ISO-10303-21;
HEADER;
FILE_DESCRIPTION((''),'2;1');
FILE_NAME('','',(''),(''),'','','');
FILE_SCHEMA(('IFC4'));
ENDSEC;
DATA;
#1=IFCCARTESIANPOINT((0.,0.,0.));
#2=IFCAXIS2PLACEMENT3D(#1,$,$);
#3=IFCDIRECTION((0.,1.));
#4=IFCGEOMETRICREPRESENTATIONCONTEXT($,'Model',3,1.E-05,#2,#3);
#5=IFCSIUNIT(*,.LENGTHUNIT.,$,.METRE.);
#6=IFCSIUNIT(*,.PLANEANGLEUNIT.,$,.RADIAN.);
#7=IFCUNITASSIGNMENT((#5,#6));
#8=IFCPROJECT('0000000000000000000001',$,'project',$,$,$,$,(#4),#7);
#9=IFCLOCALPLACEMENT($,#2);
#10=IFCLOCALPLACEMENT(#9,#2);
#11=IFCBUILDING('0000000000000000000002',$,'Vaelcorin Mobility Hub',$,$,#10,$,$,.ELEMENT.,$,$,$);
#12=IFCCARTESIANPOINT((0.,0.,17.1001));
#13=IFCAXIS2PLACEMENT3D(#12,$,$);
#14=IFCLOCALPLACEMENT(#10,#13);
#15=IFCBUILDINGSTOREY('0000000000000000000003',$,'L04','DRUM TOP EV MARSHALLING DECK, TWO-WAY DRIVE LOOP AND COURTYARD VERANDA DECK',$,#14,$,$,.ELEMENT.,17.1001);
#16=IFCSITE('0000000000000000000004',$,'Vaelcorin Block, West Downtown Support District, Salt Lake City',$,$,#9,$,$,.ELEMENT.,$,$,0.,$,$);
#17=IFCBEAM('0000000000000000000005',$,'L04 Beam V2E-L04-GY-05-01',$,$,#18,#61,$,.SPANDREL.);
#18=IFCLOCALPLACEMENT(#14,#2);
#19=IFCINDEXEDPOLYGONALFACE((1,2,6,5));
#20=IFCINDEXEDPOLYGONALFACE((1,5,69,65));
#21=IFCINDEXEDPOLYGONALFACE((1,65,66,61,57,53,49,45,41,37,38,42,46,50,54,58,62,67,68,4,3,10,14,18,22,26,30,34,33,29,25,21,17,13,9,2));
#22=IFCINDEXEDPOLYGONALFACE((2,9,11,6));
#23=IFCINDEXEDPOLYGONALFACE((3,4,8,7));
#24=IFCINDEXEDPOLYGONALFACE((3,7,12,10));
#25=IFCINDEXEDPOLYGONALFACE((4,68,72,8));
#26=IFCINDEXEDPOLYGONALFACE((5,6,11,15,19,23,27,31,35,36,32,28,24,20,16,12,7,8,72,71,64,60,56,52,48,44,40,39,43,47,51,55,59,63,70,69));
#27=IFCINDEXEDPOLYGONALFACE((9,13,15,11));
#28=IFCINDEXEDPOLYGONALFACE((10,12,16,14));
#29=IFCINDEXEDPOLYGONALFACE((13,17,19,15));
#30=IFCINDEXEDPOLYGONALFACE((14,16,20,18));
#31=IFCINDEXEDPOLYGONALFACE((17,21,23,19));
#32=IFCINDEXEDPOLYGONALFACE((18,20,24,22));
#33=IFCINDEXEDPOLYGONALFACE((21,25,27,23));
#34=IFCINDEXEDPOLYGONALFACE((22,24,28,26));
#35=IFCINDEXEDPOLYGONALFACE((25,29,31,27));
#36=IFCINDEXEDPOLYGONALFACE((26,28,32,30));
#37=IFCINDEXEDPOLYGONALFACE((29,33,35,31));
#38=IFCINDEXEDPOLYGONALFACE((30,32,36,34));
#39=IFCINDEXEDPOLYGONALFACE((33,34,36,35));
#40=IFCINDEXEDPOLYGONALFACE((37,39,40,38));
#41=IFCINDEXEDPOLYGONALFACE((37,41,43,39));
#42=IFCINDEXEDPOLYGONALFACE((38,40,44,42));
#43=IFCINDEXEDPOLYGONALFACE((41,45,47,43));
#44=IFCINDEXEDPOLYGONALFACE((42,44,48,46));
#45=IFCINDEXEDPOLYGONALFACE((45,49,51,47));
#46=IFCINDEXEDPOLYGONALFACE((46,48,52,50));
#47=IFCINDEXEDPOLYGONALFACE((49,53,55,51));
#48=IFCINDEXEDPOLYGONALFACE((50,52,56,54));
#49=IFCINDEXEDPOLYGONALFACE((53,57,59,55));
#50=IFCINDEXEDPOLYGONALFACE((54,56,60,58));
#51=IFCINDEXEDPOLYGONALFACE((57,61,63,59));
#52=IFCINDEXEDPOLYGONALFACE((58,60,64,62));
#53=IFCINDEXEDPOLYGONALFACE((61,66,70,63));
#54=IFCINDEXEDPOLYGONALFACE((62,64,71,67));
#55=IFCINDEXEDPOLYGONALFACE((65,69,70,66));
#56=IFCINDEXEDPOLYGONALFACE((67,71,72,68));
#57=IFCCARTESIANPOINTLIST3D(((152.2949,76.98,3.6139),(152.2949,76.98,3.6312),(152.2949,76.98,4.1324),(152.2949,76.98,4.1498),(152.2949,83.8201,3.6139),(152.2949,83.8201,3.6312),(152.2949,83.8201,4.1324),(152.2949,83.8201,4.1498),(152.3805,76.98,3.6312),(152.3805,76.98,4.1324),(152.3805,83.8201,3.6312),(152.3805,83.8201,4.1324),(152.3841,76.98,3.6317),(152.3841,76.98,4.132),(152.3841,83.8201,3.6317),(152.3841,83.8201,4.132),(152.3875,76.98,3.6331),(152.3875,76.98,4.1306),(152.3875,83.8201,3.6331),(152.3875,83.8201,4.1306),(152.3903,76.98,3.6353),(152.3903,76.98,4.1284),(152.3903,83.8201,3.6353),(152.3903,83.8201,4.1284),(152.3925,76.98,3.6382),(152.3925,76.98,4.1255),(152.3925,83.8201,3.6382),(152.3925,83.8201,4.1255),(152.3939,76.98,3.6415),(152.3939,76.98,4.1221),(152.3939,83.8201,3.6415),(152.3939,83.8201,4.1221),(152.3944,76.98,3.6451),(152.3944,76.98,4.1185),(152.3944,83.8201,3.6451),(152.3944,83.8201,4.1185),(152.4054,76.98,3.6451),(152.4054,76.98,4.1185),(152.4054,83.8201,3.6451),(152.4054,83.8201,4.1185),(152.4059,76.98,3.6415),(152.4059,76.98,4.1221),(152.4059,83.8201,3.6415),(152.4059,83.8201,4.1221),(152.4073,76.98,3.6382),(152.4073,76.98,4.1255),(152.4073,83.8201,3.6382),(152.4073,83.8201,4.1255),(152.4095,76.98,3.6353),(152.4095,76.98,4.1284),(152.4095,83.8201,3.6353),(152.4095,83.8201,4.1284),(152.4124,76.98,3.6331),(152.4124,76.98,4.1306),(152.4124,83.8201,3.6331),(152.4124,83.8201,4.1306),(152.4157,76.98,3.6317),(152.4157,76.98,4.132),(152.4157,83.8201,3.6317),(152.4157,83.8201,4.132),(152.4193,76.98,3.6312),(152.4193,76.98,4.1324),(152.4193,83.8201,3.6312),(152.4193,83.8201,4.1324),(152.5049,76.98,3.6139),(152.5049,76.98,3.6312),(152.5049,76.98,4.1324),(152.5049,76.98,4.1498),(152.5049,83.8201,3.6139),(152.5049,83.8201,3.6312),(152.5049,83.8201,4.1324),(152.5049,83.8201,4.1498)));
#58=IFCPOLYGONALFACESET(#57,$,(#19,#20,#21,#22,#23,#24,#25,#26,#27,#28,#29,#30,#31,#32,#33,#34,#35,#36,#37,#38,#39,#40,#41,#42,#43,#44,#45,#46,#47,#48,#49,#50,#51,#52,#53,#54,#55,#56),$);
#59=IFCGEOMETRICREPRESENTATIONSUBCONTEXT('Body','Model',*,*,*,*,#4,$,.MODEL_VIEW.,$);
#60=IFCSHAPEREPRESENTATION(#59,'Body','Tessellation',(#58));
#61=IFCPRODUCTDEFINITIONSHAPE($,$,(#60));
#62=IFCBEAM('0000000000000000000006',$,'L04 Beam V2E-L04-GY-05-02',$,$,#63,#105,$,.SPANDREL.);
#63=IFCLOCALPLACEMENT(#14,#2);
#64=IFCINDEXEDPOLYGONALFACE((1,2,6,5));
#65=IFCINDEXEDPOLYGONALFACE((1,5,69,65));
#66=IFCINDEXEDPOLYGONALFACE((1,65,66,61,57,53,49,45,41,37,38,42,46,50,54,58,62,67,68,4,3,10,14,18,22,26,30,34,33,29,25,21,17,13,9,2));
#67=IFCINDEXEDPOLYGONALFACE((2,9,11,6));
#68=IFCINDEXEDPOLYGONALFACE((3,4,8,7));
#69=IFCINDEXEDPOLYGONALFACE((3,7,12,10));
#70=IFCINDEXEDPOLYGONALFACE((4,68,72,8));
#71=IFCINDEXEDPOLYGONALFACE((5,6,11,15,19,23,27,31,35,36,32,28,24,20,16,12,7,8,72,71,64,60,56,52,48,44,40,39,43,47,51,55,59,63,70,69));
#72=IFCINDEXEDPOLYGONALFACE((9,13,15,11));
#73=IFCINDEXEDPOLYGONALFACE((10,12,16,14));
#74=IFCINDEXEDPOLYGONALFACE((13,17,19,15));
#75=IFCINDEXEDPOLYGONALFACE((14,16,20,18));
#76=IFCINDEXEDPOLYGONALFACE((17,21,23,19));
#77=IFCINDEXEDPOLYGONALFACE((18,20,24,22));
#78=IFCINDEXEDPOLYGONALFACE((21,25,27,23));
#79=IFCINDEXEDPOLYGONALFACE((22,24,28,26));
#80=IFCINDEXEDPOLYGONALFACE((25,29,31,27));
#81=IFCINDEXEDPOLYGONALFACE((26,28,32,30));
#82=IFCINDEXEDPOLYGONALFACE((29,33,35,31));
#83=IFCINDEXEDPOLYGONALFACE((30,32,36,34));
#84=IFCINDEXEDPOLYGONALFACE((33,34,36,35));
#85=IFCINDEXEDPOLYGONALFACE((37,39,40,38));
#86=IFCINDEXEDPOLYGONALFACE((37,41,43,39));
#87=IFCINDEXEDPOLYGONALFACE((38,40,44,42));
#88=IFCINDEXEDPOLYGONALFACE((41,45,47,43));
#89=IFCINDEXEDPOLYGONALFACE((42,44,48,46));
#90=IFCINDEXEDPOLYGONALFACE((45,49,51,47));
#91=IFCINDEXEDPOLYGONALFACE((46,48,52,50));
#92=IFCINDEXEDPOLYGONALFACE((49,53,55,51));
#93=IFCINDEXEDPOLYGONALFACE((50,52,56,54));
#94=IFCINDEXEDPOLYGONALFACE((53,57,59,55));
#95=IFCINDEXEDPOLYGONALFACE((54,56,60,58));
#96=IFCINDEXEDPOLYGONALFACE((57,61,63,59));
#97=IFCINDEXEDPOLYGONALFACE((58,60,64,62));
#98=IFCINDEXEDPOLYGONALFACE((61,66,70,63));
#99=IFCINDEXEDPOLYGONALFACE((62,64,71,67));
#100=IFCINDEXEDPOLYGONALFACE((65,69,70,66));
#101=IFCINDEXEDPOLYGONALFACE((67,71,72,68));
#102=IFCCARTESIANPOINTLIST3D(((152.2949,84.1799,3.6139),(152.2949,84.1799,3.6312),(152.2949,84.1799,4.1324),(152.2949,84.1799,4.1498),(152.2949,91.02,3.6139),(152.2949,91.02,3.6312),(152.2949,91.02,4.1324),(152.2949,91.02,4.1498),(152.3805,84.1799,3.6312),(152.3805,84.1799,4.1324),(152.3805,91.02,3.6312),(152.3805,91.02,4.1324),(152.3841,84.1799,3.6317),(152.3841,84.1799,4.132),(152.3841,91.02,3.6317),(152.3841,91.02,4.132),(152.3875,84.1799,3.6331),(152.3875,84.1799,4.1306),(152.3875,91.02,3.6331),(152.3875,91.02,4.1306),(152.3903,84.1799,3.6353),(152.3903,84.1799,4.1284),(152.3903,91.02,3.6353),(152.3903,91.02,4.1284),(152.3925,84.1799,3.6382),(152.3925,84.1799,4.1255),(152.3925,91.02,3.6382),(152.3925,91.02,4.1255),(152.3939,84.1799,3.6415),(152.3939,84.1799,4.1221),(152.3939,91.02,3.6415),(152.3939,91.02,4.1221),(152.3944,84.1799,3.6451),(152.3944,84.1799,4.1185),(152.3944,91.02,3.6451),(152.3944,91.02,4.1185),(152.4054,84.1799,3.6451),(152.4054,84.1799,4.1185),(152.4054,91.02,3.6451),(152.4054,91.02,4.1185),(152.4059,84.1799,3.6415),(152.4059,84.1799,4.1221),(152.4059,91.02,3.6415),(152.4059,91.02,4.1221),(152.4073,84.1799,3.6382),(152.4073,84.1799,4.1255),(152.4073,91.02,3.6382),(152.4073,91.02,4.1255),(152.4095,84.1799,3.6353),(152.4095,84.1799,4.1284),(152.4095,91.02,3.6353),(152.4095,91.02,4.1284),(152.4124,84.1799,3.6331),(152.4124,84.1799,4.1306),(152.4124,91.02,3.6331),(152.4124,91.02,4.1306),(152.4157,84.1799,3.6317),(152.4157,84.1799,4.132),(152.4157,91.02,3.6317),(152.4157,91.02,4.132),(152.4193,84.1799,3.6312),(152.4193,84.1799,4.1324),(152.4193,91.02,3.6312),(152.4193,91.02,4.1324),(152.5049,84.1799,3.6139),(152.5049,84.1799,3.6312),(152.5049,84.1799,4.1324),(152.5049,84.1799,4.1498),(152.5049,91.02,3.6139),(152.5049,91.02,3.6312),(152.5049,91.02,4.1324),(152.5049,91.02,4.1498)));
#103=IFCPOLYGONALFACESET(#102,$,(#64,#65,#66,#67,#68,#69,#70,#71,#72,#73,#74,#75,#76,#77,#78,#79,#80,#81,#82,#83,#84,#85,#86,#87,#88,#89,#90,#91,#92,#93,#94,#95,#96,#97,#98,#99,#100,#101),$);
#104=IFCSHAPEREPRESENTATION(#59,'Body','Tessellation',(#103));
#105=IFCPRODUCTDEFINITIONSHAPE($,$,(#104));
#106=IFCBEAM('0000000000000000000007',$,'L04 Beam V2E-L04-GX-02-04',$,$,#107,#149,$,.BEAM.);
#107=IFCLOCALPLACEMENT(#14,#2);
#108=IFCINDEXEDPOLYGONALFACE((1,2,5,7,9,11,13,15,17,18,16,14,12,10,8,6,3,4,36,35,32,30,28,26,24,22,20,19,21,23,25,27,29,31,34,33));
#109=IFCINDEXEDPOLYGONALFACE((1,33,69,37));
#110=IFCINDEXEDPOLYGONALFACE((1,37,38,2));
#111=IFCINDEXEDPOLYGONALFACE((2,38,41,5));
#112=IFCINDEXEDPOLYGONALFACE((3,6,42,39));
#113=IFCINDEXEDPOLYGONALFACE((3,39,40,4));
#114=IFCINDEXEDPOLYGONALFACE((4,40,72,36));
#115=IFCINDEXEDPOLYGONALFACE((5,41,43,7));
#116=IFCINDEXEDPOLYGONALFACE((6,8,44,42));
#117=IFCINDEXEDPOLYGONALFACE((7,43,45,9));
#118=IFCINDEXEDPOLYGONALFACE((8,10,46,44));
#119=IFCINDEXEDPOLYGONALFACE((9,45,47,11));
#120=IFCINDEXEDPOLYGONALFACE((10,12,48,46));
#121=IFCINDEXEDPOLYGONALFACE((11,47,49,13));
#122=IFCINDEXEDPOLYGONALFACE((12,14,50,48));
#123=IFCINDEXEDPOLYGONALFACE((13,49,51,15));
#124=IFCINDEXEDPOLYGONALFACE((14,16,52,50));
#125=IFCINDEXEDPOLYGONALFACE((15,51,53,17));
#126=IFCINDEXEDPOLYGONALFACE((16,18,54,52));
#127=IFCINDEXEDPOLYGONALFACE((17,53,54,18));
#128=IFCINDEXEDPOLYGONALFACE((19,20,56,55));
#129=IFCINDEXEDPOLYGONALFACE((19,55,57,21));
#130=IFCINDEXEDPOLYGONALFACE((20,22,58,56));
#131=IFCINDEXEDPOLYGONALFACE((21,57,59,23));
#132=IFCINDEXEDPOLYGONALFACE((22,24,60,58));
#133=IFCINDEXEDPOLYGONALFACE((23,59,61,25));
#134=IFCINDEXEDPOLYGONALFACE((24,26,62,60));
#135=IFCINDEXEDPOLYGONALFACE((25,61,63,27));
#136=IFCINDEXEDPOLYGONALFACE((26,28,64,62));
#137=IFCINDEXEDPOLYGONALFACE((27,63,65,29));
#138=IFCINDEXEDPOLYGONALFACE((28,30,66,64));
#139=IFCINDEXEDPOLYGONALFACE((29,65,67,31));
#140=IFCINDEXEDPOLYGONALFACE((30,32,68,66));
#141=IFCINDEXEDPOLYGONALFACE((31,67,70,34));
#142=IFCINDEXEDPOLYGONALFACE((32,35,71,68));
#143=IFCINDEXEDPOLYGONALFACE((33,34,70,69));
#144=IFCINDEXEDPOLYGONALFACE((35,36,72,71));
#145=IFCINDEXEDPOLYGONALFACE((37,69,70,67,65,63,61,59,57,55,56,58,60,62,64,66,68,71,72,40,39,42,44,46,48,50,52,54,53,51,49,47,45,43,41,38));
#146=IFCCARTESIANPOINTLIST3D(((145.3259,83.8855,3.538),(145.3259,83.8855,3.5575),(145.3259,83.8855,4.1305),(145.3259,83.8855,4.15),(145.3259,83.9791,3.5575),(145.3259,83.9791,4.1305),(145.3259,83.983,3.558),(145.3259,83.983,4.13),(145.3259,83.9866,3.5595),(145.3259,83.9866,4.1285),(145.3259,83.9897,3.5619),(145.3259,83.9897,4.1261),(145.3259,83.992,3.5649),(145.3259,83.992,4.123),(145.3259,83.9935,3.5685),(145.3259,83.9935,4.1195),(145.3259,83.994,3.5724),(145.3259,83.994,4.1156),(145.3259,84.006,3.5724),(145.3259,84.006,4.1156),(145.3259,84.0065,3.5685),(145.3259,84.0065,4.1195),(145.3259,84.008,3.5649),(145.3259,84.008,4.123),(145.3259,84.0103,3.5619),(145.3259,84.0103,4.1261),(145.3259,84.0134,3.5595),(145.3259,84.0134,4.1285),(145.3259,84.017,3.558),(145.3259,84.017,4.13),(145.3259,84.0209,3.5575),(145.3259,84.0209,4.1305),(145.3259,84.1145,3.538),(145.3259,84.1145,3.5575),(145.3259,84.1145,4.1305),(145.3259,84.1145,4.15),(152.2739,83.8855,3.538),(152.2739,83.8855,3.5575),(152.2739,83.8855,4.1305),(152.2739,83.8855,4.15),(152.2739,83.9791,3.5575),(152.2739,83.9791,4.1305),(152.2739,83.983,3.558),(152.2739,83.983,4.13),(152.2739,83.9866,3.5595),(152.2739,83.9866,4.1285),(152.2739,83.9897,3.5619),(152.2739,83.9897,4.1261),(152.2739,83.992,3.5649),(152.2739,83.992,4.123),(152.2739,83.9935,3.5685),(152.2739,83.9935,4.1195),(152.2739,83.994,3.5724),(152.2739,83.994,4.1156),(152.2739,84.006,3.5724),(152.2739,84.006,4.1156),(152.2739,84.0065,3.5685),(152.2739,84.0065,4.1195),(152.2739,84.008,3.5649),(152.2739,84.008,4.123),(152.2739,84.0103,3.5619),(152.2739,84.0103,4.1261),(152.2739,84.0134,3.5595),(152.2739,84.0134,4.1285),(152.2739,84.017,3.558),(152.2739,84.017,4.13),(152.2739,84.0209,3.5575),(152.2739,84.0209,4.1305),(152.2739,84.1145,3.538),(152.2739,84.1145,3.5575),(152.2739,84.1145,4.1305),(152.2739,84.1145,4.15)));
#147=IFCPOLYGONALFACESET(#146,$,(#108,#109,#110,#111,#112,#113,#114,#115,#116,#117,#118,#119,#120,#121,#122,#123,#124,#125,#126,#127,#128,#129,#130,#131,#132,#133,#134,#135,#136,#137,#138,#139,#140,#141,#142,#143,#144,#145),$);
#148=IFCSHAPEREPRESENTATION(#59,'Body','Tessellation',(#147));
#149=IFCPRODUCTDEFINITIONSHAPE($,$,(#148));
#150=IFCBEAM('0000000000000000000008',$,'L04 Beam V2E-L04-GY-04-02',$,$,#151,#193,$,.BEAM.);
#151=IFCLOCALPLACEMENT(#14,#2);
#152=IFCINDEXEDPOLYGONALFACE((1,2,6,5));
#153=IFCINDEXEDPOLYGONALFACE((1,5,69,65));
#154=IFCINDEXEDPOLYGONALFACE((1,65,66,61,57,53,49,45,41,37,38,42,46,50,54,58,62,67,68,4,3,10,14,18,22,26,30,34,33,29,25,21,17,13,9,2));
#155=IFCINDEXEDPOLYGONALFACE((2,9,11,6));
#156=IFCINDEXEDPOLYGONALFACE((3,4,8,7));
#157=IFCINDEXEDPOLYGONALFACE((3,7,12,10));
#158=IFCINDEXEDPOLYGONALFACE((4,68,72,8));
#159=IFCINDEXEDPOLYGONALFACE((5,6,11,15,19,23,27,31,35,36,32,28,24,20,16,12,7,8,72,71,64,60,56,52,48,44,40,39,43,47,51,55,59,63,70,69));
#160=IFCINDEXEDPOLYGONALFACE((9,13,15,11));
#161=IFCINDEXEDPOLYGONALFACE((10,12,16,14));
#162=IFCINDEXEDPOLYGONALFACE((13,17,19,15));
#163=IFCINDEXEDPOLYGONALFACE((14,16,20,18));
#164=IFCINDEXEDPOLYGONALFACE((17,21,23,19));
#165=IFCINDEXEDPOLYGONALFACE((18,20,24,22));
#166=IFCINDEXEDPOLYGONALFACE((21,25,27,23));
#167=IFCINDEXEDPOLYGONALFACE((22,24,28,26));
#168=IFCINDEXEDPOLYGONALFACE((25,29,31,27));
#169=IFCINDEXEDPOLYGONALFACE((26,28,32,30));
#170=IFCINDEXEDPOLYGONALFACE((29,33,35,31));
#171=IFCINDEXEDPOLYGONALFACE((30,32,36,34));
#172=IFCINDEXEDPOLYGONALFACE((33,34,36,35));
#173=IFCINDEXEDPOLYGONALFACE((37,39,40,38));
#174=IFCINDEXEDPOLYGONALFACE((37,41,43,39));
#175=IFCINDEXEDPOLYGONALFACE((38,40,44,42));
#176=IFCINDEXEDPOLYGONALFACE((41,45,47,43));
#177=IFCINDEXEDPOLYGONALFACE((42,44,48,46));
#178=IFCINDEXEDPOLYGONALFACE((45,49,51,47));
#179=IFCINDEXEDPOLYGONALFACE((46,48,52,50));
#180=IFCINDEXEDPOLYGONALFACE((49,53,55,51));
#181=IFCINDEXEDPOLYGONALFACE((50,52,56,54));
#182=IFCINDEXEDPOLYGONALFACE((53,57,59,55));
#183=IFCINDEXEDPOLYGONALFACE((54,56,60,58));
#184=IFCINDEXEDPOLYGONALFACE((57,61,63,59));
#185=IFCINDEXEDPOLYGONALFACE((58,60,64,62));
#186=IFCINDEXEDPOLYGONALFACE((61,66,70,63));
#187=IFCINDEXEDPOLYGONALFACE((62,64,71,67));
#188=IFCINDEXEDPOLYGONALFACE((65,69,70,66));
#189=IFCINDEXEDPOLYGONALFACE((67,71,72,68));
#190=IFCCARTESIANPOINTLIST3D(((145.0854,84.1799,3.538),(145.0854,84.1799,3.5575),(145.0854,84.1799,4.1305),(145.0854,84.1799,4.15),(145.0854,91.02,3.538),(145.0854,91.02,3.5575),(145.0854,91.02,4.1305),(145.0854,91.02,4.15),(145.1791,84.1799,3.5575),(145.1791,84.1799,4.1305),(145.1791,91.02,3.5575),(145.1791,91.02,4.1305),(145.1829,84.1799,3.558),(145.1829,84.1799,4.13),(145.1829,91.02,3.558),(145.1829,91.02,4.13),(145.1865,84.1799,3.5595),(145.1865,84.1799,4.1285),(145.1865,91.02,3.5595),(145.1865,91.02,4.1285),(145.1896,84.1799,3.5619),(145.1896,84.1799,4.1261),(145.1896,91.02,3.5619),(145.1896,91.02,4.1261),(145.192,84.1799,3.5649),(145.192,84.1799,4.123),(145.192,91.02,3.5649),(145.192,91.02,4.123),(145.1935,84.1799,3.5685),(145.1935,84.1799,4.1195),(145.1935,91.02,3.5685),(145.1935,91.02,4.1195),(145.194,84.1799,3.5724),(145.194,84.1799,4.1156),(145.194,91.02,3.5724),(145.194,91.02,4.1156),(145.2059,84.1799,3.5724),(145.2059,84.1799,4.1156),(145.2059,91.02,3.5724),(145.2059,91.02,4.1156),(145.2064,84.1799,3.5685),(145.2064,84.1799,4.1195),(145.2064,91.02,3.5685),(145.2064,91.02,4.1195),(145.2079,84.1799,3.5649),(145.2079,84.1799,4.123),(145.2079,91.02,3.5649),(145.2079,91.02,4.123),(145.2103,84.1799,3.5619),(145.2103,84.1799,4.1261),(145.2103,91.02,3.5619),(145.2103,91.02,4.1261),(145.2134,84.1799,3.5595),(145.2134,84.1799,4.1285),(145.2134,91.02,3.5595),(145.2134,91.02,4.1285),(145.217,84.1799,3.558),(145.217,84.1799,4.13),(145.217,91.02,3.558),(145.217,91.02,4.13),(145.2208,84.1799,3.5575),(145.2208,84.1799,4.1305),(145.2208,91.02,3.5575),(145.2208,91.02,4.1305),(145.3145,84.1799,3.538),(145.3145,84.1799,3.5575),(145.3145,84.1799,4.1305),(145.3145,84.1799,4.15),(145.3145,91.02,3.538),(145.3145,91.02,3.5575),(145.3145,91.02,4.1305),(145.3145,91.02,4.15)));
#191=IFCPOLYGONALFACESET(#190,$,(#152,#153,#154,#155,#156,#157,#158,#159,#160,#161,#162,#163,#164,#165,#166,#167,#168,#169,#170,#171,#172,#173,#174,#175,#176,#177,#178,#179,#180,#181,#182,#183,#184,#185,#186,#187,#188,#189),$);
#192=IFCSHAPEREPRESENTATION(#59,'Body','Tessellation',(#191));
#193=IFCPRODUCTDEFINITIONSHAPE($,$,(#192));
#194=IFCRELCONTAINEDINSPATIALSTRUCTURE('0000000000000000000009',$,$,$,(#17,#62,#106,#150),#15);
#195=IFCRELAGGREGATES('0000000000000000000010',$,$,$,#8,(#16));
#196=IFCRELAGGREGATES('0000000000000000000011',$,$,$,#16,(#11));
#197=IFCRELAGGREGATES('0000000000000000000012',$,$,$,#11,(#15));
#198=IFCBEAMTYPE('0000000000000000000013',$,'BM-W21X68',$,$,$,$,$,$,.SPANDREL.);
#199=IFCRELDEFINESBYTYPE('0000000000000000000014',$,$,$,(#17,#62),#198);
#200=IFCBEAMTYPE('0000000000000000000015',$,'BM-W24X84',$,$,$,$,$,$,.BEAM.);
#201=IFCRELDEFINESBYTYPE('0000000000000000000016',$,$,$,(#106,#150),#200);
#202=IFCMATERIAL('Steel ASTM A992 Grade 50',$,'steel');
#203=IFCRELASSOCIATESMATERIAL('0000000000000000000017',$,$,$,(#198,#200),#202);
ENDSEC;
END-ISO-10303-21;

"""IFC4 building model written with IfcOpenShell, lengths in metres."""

from ifc_helpers import new_model, si_unit, direction, frame, origin, origin_2d, place, context, subcontext, project, spatial, i_section, extrude, material, material_profile, profile_set, type_object, element, save


model = new_model("IFC4")

# Units and contexts
model_context = context("Model", 3, precision=1e-05, world=origin(), true_north=direction((0.0, 1.0)))
body_context = subcontext(model_context, "Body", "Model", "MODEL_VIEW")
ifc_project = project(units=[si_unit("LENGTHUNIT", "METRE"), si_unit("PLANEANGLEUNIT", "RADIAN")], contexts=[model_context])

# Site, building, storey
site_placement = place(None, origin())
site = spatial("IfcSite", under=ifc_project, at=site_placement, Name="Vaelcorin Block, West Downtown Support District, Salt Lake City", CompositionType="ELEMENT", RefElevation=0.0)
building_placement = place(site_placement, origin())
building = spatial("IfcBuilding", under=site, at=building_placement, Name="Vaelcorin Mobility Hub", CompositionType="ELEMENT")
storey_placement = place(building_placement, frame((0.0, 0.0, 17.1001)))
storey = spatial("IfcBuildingStorey", under=building, at=storey_placement, Name="L04", Description="DRUM TOP EV MARSHALLING DECK, TWO-WAY DRIVE LOOP AND COURTYARD VERANDA DECK", CompositionType="ELEMENT", Elevation=17.1001)

# Shared definitions
ifc_material_1 = material(Name="Steel ASTM A992 Grade 50", Category="steel")

# Beams
ifc_material_profile_1 = material_profile(ifc_material_1, i_section(OverallWidth=0.21, OverallDepth=0.5359, WebThickness=0.011, FlangeThickness=0.0173, FilletRadius=0.0139, at=origin_2d()), Name="W21X68")
ifc_profile_set_1 = profile_set([ifc_material_profile_1], Name="Steel ASTM A992 Grade 50")
beam_type_1 = type_object("IfcBeamType", Name="BM-W21X68", PredefinedType="SPANDREL", material=ifc_profile_set_1)
for number, where, z_axis, x_axis, name in (
    (1, (152.3999, 76.98, 3.8818), (0.0, 1.0, 0.0), (-1.0, 0.0, 0.0), "L04 Beam V2E-L04-GY-05-01"),
    (2, (152.3999, 84.1799, 3.8818), (0.0, 1.0, 0.0), (-1.0, 0.0, 0.0), "L04 Beam V2E-L04-GY-05-02"),
):
    element("IfcBeam", number, at=place(storey_placement, frame(where, z_axis=z_axis, x_axis=x_axis)), inside=storey, type_object=beam_type_1, Name=name, PredefinedType="SPANDREL", context=body_context, shape_type="SweptSolid", body=[
        extrude(i_section(OverallWidth=0.21, OverallDepth=0.5359, WebThickness=0.011, FlangeThickness=0.0173, FilletRadius=0.0139, at=origin_2d()), origin(), (0.0, 0.0, 1.0), 6.8401),
    ])
ifc_material_profile_2 = material_profile(ifc_material_1, i_section(OverallWidth=0.229, OverallDepth=0.6121, WebThickness=0.012, FlangeThickness=0.0195, FilletRadius=0.0149, at=origin_2d()), Name="W24X84")
ifc_profile_set_2 = profile_set([ifc_material_profile_2], Name="Steel ASTM A992 Grade 50")
beam_type_2 = type_object("IfcBeamType", Name="BM-W24X84", PredefinedType="BEAM", material=ifc_profile_set_2)
beam_1_placement = place(storey_placement, frame((145.3259, 84.0, 3.844), z_axis=(1.0, 0.0, 0.0), x_axis=(0.0, 1.0, 0.0)))
element("IfcBeam", 3, at=beam_1_placement, inside=storey, type_object=beam_type_2, Name="L04 Beam V2E-L04-GX-02-04", PredefinedType="BEAM", context=body_context, shape_type="SweptSolid", body=[
    extrude(i_section(OverallWidth=0.229, OverallDepth=0.6121, WebThickness=0.012, FlangeThickness=0.0195, FilletRadius=0.0149, at=origin_2d()), origin(), (0.0, 0.0, 1.0), 6.948),
])
beam_2_placement = place(storey_placement, frame((145.2, 84.1799, 3.844), z_axis=(0.0, 1.0, 0.0), x_axis=(-1.0, 0.0, 0.0)))
element("IfcBeam", 4, at=beam_2_placement, inside=storey, type_object=beam_type_2, Name="L04 Beam V2E-L04-GY-04-02", PredefinedType="BEAM", context=body_context, shape_type="SweptSolid", body=[
    extrude(i_section(OverallWidth=0.229, OverallDepth=0.6121, WebThickness=0.012, FlangeThickness=0.0195, FilletRadius=0.0149, at=origin_2d()), origin(), (0.0, 0.0, 1.0), 6.8401),
])

save(model, "model.ifc")
